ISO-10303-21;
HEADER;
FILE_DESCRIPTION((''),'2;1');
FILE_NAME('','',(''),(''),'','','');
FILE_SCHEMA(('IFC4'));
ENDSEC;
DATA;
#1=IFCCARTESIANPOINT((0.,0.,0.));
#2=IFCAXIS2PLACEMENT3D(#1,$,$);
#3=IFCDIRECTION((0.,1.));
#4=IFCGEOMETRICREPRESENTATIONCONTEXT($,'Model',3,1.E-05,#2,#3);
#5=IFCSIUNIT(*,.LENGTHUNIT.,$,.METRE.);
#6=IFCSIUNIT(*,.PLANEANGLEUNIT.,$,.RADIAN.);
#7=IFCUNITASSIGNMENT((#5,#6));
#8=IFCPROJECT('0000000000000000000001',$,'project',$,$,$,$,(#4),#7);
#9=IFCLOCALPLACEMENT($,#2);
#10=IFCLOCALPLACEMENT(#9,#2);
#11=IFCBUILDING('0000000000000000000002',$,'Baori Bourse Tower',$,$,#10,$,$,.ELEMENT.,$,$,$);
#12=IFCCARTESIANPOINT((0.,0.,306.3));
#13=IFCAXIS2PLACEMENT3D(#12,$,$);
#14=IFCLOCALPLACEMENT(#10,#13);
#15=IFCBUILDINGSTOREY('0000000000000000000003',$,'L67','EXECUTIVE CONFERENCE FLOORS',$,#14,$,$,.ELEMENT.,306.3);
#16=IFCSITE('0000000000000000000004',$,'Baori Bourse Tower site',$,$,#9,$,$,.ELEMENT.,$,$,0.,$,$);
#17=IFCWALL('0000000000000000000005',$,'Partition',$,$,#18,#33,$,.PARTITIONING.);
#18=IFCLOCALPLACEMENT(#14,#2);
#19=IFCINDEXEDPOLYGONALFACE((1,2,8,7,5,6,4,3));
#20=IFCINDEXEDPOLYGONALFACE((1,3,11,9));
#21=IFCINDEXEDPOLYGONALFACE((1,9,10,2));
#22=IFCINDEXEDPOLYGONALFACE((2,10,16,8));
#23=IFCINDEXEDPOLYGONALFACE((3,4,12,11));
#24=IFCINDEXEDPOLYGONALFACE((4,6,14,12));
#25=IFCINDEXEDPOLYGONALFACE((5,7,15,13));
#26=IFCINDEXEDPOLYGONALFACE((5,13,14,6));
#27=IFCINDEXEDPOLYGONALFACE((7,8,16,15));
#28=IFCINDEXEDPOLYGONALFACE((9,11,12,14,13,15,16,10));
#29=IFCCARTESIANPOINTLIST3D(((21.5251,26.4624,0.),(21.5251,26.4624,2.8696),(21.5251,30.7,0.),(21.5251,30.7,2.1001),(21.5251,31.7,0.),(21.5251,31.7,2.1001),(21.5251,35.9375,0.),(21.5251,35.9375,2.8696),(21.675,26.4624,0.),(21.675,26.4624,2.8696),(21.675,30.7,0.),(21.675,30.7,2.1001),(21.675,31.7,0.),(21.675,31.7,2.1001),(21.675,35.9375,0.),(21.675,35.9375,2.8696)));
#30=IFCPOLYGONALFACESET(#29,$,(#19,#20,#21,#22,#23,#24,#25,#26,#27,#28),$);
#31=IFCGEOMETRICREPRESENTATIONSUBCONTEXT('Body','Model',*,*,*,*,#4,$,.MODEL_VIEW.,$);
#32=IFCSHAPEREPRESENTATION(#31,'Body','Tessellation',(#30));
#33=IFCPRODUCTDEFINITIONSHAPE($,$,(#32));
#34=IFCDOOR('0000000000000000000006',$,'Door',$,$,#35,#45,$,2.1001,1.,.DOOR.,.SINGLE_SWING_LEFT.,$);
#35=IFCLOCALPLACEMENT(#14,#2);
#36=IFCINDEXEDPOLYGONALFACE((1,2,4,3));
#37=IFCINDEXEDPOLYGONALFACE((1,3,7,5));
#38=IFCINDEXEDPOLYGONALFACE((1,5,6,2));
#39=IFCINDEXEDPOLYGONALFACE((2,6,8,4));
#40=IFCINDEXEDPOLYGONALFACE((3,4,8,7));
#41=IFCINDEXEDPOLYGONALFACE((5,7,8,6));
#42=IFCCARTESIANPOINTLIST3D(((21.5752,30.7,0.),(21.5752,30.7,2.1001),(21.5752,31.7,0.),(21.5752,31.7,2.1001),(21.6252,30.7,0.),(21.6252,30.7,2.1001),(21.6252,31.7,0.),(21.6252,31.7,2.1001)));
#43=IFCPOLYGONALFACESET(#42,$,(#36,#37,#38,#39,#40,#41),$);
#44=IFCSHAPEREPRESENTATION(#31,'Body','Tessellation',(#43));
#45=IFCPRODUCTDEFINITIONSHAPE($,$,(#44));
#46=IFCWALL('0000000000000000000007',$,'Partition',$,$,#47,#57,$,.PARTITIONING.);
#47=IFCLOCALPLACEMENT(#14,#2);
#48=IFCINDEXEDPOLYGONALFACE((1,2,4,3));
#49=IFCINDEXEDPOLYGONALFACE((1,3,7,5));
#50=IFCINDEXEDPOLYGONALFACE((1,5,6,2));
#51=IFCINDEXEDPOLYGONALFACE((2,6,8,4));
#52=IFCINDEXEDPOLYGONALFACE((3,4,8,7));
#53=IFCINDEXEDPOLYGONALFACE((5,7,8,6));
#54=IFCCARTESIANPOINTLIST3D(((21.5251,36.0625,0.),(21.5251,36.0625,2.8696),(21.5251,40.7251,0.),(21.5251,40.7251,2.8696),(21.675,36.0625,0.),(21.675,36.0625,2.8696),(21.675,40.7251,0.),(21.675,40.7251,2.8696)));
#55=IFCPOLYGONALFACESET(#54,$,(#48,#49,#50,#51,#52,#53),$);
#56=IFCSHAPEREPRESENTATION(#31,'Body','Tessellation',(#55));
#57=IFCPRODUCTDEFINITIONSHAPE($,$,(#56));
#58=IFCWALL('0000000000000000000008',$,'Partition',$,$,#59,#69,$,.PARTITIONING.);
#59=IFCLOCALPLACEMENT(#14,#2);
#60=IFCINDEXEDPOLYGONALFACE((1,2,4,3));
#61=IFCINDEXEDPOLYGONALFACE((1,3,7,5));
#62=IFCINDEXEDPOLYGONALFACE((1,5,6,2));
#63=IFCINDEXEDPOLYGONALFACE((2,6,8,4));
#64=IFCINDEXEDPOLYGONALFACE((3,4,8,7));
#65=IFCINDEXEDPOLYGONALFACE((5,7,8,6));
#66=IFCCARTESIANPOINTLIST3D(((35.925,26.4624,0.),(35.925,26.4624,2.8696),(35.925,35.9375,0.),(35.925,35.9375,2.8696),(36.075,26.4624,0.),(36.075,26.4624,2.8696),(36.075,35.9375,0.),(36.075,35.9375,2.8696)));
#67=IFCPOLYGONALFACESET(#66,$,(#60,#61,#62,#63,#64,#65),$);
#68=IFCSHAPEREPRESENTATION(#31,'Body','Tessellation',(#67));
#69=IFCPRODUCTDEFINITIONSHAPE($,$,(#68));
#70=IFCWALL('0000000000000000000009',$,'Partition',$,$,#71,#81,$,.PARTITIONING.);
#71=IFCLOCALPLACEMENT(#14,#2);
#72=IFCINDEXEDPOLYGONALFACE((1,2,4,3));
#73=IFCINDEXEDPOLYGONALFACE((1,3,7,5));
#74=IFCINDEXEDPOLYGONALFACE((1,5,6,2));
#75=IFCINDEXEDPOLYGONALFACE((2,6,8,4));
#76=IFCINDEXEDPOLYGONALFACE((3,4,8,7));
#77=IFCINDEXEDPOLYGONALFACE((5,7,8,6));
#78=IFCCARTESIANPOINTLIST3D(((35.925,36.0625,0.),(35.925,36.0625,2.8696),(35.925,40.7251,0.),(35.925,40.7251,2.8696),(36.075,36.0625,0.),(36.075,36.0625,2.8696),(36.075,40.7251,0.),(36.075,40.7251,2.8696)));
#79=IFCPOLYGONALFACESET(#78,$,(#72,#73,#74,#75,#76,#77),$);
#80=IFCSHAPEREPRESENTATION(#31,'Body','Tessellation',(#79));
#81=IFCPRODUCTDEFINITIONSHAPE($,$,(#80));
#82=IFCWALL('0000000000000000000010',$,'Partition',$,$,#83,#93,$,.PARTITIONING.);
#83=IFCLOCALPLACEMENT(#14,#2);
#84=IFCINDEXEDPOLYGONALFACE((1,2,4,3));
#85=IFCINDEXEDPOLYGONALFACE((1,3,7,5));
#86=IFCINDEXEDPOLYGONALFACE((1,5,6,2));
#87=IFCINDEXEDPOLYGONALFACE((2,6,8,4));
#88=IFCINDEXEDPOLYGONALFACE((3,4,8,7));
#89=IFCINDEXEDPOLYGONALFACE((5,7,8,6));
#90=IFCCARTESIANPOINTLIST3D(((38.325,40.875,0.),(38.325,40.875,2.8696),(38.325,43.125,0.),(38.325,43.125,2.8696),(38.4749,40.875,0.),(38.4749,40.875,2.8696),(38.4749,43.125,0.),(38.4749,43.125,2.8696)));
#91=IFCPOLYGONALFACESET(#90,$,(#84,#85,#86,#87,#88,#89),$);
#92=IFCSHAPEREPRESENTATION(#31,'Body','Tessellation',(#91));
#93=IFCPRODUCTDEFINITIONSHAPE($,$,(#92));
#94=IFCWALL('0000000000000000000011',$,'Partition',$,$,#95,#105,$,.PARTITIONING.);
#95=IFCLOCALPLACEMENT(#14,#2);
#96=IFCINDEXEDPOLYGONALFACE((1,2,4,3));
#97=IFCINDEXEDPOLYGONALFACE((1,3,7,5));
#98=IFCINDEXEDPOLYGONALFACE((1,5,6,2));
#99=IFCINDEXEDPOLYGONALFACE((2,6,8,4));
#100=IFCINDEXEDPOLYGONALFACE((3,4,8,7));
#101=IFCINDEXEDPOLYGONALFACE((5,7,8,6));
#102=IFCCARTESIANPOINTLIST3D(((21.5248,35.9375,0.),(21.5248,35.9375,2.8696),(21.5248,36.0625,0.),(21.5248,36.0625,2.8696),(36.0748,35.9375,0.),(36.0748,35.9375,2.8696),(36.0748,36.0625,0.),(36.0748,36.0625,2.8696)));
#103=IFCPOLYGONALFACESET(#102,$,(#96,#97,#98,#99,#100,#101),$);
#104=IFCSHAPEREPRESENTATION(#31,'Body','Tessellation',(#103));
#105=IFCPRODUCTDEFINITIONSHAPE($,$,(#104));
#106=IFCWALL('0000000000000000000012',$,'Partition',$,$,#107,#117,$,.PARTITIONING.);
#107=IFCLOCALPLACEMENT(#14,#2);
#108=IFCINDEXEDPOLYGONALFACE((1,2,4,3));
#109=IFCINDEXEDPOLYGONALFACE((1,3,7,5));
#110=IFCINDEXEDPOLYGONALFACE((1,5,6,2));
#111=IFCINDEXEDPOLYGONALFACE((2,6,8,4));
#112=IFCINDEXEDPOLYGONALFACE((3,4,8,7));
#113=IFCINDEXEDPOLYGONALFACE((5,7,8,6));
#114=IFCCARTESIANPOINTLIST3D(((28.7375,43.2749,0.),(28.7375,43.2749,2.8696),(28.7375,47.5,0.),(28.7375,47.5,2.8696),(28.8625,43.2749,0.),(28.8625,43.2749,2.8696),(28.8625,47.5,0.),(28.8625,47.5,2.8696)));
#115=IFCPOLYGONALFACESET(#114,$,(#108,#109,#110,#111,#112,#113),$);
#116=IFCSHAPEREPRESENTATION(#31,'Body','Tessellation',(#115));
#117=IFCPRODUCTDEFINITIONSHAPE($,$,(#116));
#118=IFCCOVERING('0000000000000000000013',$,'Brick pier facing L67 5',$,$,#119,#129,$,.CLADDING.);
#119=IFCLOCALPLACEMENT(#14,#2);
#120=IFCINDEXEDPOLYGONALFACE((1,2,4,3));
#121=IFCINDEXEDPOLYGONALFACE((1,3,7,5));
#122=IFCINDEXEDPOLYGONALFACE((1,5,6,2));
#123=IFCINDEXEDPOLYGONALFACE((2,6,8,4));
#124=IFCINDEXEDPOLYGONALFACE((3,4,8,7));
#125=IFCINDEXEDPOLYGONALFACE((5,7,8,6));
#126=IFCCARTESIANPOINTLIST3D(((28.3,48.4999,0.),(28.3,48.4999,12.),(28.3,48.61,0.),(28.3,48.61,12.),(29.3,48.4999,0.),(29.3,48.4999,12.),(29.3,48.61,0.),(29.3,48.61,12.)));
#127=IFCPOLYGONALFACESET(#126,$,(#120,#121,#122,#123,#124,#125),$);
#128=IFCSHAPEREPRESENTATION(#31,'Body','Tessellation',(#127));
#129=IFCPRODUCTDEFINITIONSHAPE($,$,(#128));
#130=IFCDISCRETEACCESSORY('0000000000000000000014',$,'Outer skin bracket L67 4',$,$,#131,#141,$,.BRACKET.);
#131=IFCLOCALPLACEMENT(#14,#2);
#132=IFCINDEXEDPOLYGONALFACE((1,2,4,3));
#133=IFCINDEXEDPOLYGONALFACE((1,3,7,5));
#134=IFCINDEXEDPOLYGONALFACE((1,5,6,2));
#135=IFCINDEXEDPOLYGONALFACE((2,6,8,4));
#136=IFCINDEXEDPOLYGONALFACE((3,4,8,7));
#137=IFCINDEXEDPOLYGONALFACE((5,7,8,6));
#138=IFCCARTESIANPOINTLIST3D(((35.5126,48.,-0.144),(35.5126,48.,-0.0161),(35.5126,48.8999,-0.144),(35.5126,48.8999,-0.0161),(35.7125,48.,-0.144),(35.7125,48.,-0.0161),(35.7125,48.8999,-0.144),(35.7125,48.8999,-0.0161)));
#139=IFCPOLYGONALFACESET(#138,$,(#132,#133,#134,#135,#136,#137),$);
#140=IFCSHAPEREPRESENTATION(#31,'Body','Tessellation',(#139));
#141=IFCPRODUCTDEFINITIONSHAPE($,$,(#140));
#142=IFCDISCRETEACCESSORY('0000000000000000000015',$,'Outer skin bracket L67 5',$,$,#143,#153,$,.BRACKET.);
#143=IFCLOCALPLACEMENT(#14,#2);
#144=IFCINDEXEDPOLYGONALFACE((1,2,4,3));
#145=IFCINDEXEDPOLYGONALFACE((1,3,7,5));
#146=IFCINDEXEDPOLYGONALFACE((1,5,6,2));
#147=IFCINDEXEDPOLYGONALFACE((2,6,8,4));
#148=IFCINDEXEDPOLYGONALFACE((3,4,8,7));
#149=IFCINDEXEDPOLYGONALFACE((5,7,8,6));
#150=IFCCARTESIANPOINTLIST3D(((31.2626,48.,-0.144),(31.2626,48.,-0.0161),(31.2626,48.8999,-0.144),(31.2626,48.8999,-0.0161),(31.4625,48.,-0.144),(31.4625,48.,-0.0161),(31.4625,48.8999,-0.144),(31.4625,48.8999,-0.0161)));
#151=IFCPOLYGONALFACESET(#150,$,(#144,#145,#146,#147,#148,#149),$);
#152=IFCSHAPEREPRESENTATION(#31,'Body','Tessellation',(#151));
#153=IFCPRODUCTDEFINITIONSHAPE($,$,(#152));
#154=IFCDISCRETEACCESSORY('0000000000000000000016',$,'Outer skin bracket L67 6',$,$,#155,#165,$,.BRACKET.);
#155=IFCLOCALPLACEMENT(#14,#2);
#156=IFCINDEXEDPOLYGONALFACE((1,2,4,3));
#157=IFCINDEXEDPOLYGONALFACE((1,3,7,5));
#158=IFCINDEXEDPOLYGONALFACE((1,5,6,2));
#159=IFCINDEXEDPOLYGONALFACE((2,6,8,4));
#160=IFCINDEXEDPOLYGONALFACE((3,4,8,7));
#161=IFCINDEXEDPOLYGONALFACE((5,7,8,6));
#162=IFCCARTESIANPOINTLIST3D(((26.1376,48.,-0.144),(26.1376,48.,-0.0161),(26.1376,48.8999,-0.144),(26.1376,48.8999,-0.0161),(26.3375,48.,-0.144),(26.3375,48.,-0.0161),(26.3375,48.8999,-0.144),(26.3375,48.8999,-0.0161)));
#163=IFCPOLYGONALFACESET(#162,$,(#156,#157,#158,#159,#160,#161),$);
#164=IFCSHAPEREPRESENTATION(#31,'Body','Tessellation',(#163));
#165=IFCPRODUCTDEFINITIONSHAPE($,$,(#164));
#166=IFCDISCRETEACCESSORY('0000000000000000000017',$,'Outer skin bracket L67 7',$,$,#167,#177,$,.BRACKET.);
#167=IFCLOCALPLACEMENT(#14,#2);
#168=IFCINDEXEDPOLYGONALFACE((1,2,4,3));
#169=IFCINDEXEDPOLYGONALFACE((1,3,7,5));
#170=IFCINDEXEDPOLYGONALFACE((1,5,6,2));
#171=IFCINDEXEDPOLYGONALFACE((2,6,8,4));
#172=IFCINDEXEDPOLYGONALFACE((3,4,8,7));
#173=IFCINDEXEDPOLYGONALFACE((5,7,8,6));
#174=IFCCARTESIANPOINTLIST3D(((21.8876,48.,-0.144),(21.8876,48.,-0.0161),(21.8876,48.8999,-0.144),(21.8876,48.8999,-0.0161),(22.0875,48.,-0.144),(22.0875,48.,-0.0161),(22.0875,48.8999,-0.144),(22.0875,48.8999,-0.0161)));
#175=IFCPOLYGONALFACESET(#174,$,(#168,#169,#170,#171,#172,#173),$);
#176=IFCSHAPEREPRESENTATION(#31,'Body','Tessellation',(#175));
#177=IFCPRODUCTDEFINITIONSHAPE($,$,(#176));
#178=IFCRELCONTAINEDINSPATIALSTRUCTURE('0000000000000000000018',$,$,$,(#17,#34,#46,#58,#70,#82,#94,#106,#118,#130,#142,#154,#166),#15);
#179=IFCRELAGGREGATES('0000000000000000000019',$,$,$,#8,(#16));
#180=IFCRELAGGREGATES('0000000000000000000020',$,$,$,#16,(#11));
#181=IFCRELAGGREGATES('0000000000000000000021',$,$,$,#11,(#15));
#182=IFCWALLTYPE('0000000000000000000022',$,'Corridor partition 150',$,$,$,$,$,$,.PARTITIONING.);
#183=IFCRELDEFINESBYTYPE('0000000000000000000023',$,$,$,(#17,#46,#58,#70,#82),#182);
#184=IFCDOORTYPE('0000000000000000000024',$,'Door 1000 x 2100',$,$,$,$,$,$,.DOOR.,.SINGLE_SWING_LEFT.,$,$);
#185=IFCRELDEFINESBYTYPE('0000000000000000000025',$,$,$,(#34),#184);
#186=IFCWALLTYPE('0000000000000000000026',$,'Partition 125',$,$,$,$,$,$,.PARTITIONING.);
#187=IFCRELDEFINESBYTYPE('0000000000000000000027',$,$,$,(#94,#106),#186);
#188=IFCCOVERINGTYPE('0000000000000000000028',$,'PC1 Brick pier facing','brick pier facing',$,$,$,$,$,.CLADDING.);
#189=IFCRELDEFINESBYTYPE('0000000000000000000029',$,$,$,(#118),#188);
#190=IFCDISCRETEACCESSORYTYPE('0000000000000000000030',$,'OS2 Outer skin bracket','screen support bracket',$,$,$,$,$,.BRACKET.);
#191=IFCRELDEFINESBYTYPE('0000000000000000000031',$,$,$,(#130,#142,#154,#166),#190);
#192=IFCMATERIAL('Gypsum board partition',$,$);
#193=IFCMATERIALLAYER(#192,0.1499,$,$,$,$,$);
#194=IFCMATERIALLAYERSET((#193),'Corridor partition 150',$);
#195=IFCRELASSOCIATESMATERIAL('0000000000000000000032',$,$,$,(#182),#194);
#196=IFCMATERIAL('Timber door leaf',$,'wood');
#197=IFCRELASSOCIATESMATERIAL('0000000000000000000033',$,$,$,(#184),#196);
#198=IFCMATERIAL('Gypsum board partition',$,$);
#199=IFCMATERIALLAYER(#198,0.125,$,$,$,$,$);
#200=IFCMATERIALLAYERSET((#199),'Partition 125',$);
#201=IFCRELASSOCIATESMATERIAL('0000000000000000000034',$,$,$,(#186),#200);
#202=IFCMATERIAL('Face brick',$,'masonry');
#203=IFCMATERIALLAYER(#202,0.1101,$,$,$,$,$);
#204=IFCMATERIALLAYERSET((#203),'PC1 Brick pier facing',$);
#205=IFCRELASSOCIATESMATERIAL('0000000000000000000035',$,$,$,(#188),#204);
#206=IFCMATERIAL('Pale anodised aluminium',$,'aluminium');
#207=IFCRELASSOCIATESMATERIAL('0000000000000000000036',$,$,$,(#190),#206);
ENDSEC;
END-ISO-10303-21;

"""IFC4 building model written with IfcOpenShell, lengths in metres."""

from ifc_helpers import new_model, si_unit, direction, frame, frame_2d, origin, origin_2d, place, context, subcontext, project, spatial, rectangle, extrude, material, layer, layer_set, type_object, element, fill, save


model = new_model("IFC4")

# Units and contexts
model_context = context("Model", 3, precision=1e-05, world=origin(), true_north=direction((0.0, 1.0)))
body_context = subcontext(model_context, "Body", "Model", "MODEL_VIEW")
ifc_project = project(units=[si_unit("LENGTHUNIT", "METRE"), si_unit("PLANEANGLEUNIT", "RADIAN")], contexts=[model_context])

# Site, building, storey
site_placement = place(None, origin())
site = spatial("IfcSite", under=ifc_project, at=site_placement, Name="Baori Bourse Tower site", CompositionType="ELEMENT", RefElevation=0.0)
building_placement = place(site_placement, origin())
building = spatial("IfcBuilding", under=site, at=building_placement, Name="Baori Bourse Tower", CompositionType="ELEMENT")
storey_placement = place(building_placement, frame((0.0, 0.0, 306.3)))
storey = spatial("IfcBuildingStorey", under=building, at=storey_placement, Name="L67", Description="EXECUTIVE CONFERENCE FLOORS", CompositionType="ELEMENT", Elevation=306.3)

# Wall, opening, door
ifc_material_1 = material(Name="Gypsum board partition")
ifc_layer_1 = layer(ifc_material_1, 0.1499)
ifc_layer_set_1 = layer_set([ifc_layer_1], Name="Corridor partition 150")
wall_type_1 = type_object("IfcWallType", Name="Corridor partition 150", PredefinedType="PARTITIONING", material=ifc_layer_set_1)
ifc_material_2 = material(Name="Timber door leaf", Category="wood")
door_type = type_object("IfcDoorType", Name="Door 1000 x 2100", OperationType="SINGLE_SWING_LEFT", PredefinedType="DOOR", material=ifc_material_2)
wall_1_placement = place(storey_placement, frame((21.6001, 26.4624, 0.0), z_axis=(0.0, 0.0, 1.0), x_axis=(0.0, 1.0, 0.0)))
wall_1 = element("IfcWall", 1, at=wall_1_placement, inside=storey, type_object=wall_type_1, Name="Partition", PredefinedType="PARTITIONING", context=body_context, shape_type="SweptSolid", body=[
    extrude(rectangle(XDim=9.4751, YDim=0.1499, at=frame_2d((4.7375, 0.0))), origin(), (0.0, 0.0, 1.0), 2.8696),
])
opening_1_placement = place(wall_1_placement, frame((4.2375, 0.0, 0.0)))
opening_1 = element("IfcOpeningElement", 2, at=opening_1_placement, cuts=wall_1, PredefinedType="OPENING", context=body_context, shape_type="SweptSolid", body=[
    extrude(rectangle(XDim=1.0, YDim=2.1001, at=frame_2d((0.5, 1.05))), frame((0.0, 0.085, 0.0), z_axis=(0.0, -1.0, 0.0), x_axis=(1.0, 0.0, 0.0)), (0.0, 0.0, 1.0), 0.1699),
])
door_1_placement = place(opening_1_placement, origin())
door_1 = element("IfcDoor", 3, at=door_1_placement, inside=storey, type_object=door_type, Name="Door", OperationType="SINGLE_SWING_LEFT", OverallHeight=2.1001, OverallWidth=1.0, PredefinedType="DOOR", context=body_context, shape_type="SweptSolid", body=[
    extrude(rectangle(XDim=1.0, YDim=2.1001, at=frame_2d((0.5, 1.05))), frame((0.0, 0.0249, 0.0), z_axis=(0.0, -1.0, 0.0), x_axis=(1.0, 0.0, 0.0)), (0.0, 0.0, 1.0), 0.05),
])
fill(opening_1, door_1)

# Walls
wall_2_placement = place(storey_placement, frame((21.6001, 36.0625, 0.0), z_axis=(0.0, 0.0, 1.0), x_axis=(0.0, 1.0, 0.0)))
element("IfcWall", 4, at=wall_2_placement, inside=storey, type_object=wall_type_1, Name="Partition", PredefinedType="PARTITIONING", context=body_context, shape_type="SweptSolid", body=[
    extrude(rectangle(XDim=4.6626, YDim=0.1499, at=frame_2d((2.3313, 0.0))), origin(), (0.0, 0.0, 1.0), 2.8696),
])
wall_3_placement = place(storey_placement, frame((36.0, 26.4624, 0.0), z_axis=(0.0, 0.0, 1.0), x_axis=(0.0, 1.0, 0.0)))
element("IfcWall", 5, at=wall_3_placement, inside=storey, type_object=wall_type_1, Name="Partition", PredefinedType="PARTITIONING", context=body_context, shape_type="SweptSolid", body=[
    extrude(rectangle(XDim=9.4751, YDim=0.1499, at=frame_2d((4.7375, 0.0))), origin(), (0.0, 0.0, 1.0), 2.8696),
])
wall_4_placement = place(storey_placement, frame((36.0, 36.0625, 0.0), z_axis=(0.0, 0.0, 1.0), x_axis=(0.0, 1.0, 0.0)))
element("IfcWall", 6, at=wall_4_placement, inside=storey, type_object=wall_type_1, Name="Partition", PredefinedType="PARTITIONING", context=body_context, shape_type="SweptSolid", body=[
    extrude(rectangle(XDim=4.6626, YDim=0.1499, at=frame_2d((2.3313, 0.0))), origin(), (0.0, 0.0, 1.0), 2.8696),
])
wall_5_placement = place(storey_placement, frame((38.3999, 40.875, 0.0), z_axis=(0.0, 0.0, 1.0), x_axis=(0.0, 1.0, 0.0)))
element("IfcWall", 7, at=wall_5_placement, inside=storey, type_object=wall_type_1, Name="Partition", PredefinedType="PARTITIONING", context=body_context, shape_type="SweptSolid", body=[
    extrude(rectangle(XDim=2.25, YDim=0.1499, at=frame_2d((1.125, 0.0))), origin(), (0.0, 0.0, 1.0), 2.8696),
])
ifc_material_3 = material(Name="Gypsum board partition")
ifc_layer_2 = layer(ifc_material_3, 0.125)
ifc_layer_set_2 = layer_set([ifc_layer_2], Name="Partition 125")
wall_type_2 = type_object("IfcWallType", Name="Partition 125", PredefinedType="PARTITIONING", material=ifc_layer_set_2)
wall_6_placement = place(storey_placement, frame((21.5249, 36.0, 0.0), z_axis=(0.0, 0.0, 1.0), x_axis=(1.0, 0.0, 0.0)))
element("IfcWall", 8, at=wall_6_placement, inside=storey, type_object=wall_type_2, Name="Partition", PredefinedType="PARTITIONING", context=body_context, shape_type="SweptSolid", body=[
    extrude(rectangle(XDim=14.55, YDim=0.125, at=frame_2d((7.2749, 0.0))), origin(), (0.0, 0.0, 1.0), 2.8696),
])
wall_7_placement = place(storey_placement, frame((28.8, 43.2749, 0.0), z_axis=(0.0, 0.0, 1.0), x_axis=(0.0, 1.0, 0.0)))
element("IfcWall", 9, at=wall_7_placement, inside=storey, type_object=wall_type_2, Name="Partition", PredefinedType="PARTITIONING", context=body_context, shape_type="SweptSolid", body=[
    extrude(rectangle(XDim=4.2251, YDim=0.125, at=frame_2d((2.1125, 0.0))), origin(), (0.0, 0.0, 1.0), 2.8696),
])

# Covering
ifc_material_4 = material(Name="Face brick", Category="masonry")
ifc_layer_3 = layer(ifc_material_4, 0.1101)
ifc_layer_set_3 = layer_set([ifc_layer_3], Name="PC1 Brick pier facing")
covering_type = type_object("IfcCoveringType", Name="PC1 Brick pier facing", Description="brick pier facing", PredefinedType="CLADDING", material=ifc_layer_set_3)
covering_placement = place(storey_placement, frame((28.8, 48.5549, 0.0), z_axis=(0.0, 0.0, 1.0), x_axis=(1.0, 0.0, 0.0)))
element("IfcCovering", 10, at=covering_placement, inside=storey, type_object=covering_type, Name="Brick pier facing L67 5", PredefinedType="CLADDING", context=body_context, shape_type="SweptSolid", body=[
    extrude(rectangle(XDim=1.0, YDim=0.1101, at=origin_2d()), origin(), (0.0, 0.0, 1.0), 12.0),
])

# Discrete accessories
ifc_material_5 = material(Name="Pale anodised aluminium", Category="aluminium")
discrete_accessory_type = type_object("IfcDiscreteAccessoryType", Name="OS2 Outer skin bracket", Description="screen support bracket", PredefinedType="BRACKET", material=ifc_material_5)
for number, where, z_axis, x_axis, name in (
    (11, (35.6125, 48.45, -0.144), (0.0, 0.0, 1.0), (-1.0, 0.0, 0.0), "Outer skin bracket L67 4"),
    (12, (31.3625, 48.45, -0.144), (0.0, 0.0, 1.0), (-1.0, 0.0, 0.0), "Outer skin bracket L67 5"),
    (13, (26.2375, 48.45, -0.144), (0.0, 0.0, 1.0), (-1.0, 0.0, 0.0), "Outer skin bracket L67 6"),
    (14, (21.9875, 48.45, -0.144), (0.0, 0.0, 1.0), (-1.0, 0.0, 0.0), "Outer skin bracket L67 7"),
):
    element("IfcDiscreteAccessory", number, at=place(storey_placement, frame(where, z_axis=z_axis, x_axis=x_axis)), inside=storey, type_object=discrete_accessory_type, Name=name, PredefinedType="BRACKET", context=body_context, shape_type="SweptSolid", body=[
        extrude(rectangle(XDim=0.2, YDim=0.8999, at=origin_2d()), origin(), (0.0, 0.0, 1.0), 0.1279),
    ])

save(model, "model.ifc")
